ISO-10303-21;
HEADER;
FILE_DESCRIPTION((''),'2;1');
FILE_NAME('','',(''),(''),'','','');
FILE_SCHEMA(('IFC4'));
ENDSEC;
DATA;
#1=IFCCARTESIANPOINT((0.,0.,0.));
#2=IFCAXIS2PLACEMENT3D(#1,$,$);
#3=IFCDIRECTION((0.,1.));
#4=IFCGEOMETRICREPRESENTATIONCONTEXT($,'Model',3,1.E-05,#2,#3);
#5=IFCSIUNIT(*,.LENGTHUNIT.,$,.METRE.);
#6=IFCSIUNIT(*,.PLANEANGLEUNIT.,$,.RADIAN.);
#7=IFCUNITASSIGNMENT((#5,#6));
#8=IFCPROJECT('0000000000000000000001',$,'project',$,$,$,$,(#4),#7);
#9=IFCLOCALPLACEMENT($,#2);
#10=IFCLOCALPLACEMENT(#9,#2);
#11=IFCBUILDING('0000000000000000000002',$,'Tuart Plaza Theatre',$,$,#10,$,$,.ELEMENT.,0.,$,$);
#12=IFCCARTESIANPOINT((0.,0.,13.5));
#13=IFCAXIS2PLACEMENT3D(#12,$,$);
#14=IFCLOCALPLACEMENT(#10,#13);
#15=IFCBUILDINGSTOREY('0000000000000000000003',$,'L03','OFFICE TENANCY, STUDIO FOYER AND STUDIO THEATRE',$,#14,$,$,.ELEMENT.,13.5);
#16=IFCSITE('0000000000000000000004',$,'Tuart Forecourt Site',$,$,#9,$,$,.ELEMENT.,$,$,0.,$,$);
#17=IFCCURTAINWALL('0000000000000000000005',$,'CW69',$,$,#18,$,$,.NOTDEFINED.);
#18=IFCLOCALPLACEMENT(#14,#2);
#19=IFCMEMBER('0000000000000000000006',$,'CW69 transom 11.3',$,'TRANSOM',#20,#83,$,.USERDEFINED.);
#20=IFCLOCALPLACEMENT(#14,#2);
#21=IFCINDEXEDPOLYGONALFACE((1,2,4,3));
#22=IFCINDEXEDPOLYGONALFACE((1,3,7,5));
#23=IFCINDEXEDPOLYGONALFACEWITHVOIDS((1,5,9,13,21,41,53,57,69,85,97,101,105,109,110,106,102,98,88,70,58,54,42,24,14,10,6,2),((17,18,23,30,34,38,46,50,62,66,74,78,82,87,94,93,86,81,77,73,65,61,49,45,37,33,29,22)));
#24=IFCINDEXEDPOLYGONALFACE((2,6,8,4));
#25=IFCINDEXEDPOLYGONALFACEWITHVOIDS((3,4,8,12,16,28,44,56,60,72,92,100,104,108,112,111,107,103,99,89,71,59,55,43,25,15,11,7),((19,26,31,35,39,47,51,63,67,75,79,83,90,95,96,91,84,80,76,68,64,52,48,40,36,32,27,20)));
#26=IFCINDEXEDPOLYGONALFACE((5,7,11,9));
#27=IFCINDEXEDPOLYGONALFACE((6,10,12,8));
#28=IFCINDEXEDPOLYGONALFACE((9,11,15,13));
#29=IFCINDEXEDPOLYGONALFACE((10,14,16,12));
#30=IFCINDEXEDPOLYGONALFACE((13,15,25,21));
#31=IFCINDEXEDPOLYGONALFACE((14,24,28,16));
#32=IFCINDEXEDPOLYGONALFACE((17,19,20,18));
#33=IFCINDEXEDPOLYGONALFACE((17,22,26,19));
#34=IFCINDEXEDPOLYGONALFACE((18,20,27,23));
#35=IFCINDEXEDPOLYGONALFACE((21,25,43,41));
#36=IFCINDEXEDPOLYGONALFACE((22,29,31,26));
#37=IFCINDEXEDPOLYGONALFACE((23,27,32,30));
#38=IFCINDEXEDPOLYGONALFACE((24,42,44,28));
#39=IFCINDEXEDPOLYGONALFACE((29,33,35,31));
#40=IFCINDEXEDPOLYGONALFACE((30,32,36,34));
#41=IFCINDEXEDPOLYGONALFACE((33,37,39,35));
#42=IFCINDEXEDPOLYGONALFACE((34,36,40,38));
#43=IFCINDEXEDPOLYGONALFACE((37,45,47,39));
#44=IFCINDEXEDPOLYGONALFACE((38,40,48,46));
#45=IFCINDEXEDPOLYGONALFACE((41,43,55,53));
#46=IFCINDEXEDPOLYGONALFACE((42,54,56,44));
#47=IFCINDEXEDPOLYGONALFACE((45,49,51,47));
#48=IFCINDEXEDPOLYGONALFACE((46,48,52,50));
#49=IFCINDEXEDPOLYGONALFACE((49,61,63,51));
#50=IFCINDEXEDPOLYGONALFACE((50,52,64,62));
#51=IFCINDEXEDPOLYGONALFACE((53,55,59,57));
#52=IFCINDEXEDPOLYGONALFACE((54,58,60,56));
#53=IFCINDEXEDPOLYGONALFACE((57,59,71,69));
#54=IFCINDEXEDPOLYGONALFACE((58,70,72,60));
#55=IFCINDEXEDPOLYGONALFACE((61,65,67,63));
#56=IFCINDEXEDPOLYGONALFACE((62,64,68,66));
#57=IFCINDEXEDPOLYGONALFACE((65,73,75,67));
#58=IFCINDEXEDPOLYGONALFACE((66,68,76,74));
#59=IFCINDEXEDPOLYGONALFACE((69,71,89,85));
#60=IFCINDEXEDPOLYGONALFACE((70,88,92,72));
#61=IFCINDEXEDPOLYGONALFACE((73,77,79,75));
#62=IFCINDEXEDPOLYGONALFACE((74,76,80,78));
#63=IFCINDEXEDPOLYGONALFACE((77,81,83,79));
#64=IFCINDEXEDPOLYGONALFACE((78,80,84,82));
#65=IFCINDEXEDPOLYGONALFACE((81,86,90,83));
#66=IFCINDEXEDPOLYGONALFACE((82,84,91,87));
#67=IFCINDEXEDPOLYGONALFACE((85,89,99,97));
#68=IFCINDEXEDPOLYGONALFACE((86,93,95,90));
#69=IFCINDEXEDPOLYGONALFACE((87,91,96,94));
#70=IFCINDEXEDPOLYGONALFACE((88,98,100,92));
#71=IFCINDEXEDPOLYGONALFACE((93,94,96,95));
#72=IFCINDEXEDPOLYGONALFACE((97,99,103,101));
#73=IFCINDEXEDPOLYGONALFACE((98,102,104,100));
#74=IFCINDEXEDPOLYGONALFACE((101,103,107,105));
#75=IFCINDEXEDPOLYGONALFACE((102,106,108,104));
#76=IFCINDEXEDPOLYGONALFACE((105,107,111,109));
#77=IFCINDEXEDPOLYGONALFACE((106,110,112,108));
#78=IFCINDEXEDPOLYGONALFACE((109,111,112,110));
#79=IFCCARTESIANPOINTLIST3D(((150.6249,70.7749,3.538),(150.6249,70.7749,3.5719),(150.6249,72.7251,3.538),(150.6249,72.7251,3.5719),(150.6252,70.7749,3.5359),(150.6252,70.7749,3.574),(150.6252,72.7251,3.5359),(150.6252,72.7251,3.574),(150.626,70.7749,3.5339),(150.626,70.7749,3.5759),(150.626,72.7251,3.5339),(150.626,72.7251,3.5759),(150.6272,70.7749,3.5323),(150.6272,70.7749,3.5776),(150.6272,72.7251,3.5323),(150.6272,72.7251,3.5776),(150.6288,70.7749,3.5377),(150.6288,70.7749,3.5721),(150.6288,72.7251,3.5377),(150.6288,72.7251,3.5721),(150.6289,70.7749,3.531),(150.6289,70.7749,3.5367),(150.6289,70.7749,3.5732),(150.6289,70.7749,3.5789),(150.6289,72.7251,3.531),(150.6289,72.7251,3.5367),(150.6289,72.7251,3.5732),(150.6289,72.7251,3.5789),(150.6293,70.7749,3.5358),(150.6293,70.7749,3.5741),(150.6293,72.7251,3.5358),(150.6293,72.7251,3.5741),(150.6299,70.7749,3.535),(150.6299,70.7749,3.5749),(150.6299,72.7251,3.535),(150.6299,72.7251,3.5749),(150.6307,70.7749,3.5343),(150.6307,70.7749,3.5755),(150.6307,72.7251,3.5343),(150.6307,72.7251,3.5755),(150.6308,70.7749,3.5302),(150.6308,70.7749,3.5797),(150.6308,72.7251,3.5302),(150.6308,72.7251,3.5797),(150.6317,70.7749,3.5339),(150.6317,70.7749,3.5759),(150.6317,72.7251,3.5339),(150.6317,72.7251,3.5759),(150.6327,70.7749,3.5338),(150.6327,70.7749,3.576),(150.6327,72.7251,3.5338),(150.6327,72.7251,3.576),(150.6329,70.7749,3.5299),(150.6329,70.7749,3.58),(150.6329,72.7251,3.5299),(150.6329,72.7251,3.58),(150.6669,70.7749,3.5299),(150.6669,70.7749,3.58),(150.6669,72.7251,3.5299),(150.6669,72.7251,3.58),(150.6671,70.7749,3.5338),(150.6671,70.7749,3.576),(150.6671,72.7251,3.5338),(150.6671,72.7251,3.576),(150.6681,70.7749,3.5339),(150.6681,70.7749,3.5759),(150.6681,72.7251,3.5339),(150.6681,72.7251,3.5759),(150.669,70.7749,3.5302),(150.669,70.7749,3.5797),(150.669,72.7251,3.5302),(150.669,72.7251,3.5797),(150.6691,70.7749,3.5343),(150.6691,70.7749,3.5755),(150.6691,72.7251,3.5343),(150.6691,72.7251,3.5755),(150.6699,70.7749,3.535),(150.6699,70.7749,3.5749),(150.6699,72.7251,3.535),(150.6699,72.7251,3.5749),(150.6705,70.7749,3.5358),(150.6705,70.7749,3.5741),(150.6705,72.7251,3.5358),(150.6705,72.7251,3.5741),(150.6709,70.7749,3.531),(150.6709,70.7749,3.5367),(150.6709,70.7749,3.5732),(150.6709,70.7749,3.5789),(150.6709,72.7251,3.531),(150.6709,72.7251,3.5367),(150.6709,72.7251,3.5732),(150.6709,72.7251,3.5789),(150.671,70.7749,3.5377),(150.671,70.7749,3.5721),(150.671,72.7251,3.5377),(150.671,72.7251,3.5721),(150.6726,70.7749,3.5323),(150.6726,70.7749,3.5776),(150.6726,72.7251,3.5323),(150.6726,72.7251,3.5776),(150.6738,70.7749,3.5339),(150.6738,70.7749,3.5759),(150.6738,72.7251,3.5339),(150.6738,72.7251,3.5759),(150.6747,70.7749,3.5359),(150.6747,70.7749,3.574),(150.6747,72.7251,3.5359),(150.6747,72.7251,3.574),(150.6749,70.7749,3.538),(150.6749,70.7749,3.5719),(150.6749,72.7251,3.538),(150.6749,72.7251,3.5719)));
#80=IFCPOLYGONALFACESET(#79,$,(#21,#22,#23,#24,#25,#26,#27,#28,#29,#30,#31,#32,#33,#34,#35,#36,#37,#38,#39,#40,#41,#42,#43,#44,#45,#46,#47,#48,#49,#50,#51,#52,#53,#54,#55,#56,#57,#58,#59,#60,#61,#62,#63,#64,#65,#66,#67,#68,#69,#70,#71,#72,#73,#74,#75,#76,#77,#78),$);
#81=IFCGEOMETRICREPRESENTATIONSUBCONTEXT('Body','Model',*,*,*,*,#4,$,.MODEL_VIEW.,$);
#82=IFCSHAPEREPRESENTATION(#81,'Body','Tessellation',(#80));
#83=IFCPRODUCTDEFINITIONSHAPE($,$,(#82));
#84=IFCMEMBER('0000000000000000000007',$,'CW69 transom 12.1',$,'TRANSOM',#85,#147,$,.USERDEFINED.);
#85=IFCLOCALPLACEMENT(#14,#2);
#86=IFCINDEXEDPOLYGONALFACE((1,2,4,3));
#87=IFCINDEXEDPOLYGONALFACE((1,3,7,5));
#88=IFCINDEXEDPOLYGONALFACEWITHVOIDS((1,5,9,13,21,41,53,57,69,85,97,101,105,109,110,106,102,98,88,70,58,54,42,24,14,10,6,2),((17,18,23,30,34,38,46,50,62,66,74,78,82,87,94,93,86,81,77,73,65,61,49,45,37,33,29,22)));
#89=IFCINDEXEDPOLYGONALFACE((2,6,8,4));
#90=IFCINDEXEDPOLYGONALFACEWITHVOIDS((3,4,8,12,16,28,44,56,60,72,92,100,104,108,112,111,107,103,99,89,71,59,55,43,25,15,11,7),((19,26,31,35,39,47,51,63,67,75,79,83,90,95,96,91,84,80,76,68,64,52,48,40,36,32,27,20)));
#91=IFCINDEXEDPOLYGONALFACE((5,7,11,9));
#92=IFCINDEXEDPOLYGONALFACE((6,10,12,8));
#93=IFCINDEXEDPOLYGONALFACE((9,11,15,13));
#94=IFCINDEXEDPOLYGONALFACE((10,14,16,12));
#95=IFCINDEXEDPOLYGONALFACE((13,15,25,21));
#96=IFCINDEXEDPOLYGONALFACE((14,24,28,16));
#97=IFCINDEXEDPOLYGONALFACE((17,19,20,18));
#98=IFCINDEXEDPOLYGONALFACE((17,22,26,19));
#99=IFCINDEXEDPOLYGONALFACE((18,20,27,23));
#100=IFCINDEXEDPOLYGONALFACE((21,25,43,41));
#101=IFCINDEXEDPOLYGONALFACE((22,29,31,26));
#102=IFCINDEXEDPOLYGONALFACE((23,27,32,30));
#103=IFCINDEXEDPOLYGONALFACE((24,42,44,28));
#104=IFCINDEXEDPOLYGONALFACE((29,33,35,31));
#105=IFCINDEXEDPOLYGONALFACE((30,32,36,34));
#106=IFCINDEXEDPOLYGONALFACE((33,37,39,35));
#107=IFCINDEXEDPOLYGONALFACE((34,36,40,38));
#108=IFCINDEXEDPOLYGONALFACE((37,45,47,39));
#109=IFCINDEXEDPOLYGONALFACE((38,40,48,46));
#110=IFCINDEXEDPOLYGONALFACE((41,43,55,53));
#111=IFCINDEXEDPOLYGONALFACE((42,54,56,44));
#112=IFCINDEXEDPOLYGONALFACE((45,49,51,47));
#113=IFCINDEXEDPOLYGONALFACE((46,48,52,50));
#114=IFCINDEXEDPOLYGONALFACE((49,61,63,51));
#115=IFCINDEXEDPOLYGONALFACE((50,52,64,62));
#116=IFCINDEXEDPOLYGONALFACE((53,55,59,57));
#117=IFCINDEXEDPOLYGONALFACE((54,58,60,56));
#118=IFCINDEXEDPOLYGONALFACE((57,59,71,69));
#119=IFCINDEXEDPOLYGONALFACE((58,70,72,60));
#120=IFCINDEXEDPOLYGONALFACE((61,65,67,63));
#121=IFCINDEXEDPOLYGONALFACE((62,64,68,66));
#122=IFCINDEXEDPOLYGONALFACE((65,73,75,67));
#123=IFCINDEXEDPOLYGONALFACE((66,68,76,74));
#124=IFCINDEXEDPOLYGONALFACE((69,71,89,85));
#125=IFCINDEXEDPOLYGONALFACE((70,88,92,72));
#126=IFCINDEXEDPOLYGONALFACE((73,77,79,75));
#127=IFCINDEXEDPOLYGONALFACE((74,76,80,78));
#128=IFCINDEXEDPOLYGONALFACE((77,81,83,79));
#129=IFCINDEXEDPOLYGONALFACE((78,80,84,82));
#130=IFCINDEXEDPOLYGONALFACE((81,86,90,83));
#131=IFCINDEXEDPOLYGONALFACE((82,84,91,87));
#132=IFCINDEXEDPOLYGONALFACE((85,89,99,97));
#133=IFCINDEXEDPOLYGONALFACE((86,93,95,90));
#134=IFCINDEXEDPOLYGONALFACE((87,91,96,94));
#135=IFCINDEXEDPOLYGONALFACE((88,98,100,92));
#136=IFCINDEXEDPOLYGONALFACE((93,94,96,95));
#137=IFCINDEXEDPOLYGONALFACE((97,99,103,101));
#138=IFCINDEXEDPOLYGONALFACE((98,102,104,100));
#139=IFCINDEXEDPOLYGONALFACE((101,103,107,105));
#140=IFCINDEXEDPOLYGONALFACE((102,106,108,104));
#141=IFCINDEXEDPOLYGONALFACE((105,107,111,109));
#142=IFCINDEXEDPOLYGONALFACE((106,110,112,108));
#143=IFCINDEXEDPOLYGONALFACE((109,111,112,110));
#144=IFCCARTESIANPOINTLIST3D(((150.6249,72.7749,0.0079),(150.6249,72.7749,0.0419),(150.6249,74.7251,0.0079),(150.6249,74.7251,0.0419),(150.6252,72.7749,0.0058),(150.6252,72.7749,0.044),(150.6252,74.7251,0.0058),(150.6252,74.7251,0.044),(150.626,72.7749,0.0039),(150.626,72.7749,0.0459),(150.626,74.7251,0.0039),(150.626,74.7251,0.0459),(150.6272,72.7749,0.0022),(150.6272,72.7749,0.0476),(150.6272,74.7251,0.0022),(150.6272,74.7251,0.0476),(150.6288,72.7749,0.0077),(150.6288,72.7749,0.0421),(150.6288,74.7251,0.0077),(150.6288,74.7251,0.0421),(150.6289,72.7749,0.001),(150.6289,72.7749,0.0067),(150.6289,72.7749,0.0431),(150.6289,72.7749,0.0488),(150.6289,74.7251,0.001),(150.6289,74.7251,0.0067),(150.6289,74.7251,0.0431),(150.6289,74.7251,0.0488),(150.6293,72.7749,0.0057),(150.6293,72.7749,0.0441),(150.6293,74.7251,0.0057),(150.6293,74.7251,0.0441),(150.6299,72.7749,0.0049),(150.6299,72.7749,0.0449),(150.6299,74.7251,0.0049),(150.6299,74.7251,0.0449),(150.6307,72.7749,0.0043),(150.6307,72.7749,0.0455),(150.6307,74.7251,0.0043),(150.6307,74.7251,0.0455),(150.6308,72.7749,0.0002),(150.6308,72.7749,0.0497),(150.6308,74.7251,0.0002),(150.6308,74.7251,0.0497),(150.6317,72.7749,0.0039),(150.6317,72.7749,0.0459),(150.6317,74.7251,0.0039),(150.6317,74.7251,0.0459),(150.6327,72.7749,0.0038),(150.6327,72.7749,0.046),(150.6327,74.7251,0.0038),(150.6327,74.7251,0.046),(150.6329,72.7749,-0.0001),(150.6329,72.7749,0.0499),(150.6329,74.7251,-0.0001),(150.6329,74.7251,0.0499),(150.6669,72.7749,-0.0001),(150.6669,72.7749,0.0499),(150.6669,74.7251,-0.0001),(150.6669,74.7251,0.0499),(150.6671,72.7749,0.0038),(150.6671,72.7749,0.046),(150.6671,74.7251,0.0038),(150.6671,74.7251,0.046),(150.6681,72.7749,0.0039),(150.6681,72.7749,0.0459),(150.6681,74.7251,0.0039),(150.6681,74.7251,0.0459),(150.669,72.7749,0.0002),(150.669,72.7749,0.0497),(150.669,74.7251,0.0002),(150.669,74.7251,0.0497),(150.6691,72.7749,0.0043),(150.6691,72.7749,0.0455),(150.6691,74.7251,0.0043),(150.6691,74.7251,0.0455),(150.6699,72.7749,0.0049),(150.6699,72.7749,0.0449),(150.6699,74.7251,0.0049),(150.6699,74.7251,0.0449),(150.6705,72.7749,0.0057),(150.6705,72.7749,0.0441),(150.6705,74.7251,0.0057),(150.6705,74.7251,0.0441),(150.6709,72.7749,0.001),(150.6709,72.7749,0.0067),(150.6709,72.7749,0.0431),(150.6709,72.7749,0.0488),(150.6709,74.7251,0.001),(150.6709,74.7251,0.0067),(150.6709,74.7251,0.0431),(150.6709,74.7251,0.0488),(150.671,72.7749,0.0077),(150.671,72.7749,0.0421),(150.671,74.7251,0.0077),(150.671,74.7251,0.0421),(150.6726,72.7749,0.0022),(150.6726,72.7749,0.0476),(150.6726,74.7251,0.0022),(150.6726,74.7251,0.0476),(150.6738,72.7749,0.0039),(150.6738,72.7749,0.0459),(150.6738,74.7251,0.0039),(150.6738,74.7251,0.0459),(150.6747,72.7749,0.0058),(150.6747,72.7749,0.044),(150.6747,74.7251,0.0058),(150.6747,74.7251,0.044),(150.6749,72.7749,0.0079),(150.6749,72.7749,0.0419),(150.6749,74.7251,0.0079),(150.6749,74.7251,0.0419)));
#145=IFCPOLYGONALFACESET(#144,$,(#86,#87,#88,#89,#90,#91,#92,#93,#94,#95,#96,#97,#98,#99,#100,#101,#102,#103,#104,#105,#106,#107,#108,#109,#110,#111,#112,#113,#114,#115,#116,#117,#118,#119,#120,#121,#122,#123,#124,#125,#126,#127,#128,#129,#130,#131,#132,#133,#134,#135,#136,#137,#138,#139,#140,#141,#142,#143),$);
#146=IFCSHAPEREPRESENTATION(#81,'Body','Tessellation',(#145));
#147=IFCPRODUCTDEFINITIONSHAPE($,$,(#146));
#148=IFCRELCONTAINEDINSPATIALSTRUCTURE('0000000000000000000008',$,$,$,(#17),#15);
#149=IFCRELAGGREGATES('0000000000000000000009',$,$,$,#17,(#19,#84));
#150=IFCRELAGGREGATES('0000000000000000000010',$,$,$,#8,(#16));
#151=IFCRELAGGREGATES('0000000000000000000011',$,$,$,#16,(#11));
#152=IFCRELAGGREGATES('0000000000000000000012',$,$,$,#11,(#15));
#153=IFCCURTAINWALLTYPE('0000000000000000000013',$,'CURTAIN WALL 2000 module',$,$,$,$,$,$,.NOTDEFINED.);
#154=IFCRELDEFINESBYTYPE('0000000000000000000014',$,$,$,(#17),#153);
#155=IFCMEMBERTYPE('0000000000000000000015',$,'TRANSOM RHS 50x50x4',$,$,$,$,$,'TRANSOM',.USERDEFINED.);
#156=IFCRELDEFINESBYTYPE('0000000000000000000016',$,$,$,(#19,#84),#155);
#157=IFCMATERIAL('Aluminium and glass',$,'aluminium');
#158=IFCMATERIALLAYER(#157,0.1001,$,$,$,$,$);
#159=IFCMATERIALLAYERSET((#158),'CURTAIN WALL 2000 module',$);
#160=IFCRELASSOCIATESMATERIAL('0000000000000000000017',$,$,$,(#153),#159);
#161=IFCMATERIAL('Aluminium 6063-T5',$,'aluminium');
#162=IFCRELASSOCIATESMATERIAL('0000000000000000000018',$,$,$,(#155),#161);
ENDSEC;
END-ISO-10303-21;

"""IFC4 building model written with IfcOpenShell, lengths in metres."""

from ifc_helpers import new_model, si_unit, direction, frame, origin, origin_2d, place, context, subcontext, project, spatial, hollow_rectangle, extrude, material, layer, layer_set, material_profile, profile_set, type_object, element, aggregate, save


model = new_model("IFC4")

# Units and contexts
model_context = context("Model", 3, precision=1e-05, world=origin(), true_north=direction((0.0, 1.0)))
body_context = subcontext(model_context, "Body", "Model", "MODEL_VIEW")
ifc_project = project(units=[si_unit("LENGTHUNIT", "METRE"), si_unit("PLANEANGLEUNIT", "RADIAN")], contexts=[model_context])

# Site, building, storey
site_placement = place(None, origin())
site = spatial("IfcSite", under=ifc_project, at=site_placement, Name="Tuart Forecourt Site", CompositionType="ELEMENT", RefElevation=0.0)
building_placement = place(site_placement, origin())
building = spatial("IfcBuilding", under=site, at=building_placement, Name="Tuart Plaza Theatre", CompositionType="ELEMENT", ElevationOfRefHeight=0.0)
storey_placement = place(building_placement, frame((0.0, 0.0, 13.5)))
storey = spatial("IfcBuildingStorey", under=building, at=storey_placement, Name="L03", Description="OFFICE TENANCY, STUDIO FOYER AND STUDIO THEATRE", CompositionType="ELEMENT", Elevation=13.5)

# Curtain wall, members
ifc_material_1 = material(Name="Aluminium and glass", Category="aluminium")
ifc_layer_1 = layer(ifc_material_1, 0.1001)
ifc_layer_set_1 = layer_set([ifc_layer_1], Name="CURTAIN WALL 2000 module")
curtain_wall_type = type_object("IfcCurtainWallType", Name="CURTAIN WALL 2000 module", PredefinedType="NOTDEFINED", material=ifc_layer_set_1)
curtain_wall_placement = place(storey_placement, origin())
curtain_wall = element("IfcCurtainWall", 1, at=curtain_wall_placement, inside=storey, type_object=curtain_wall_type, Name="CW69", PredefinedType="NOTDEFINED")
ifc_material_2 = material(Name="Aluminium 6063-T5", Category="aluminium")
ifc_material_profile_1 = material_profile(ifc_material_2, hollow_rectangle(XDim=0.05, YDim=0.05, WallThickness=0.0039, InnerFilletRadius=0.0039, OuterFilletRadius=0.0081, at=origin_2d()), Name="RHS 50x50x4")
ifc_profile_set_1 = profile_set([ifc_material_profile_1], Name="Aluminium 6063-T5")
member_type_1 = type_object("IfcMemberType", Name="TRANSOM RHS 50x50x4", ElementType="TRANSOM", PredefinedType="USERDEFINED", material=ifc_profile_set_1)
member_1_placement = place(storey_placement, frame((150.6499, 70.7749, 3.5549), z_axis=(0.0, 1.0, 0.0), x_axis=(-1.0, 0.0, 0.0)))
member_1 = element("IfcMember", 2, at=member_1_placement, type_object=member_type_1, Name="CW69 transom 11.3", ObjectType="TRANSOM", PredefinedType="USERDEFINED", context=body_context, shape_type="SweptSolid", body=[
    extrude(hollow_rectangle(XDim=0.05, YDim=0.05, WallThickness=0.0039, InnerFilletRadius=0.0039, OuterFilletRadius=0.0081, at=origin_2d()), origin(), (0.0, 0.0, 1.0), 1.9502),
])
member_2_placement = place(storey_placement, frame((150.6499, 72.7749, 0.0249), z_axis=(0.0, 1.0, 0.0), x_axis=(-1.0, 0.0, 0.0)))
member_2 = element("IfcMember", 3, at=member_2_placement, type_object=member_type_1, Name="CW69 transom 12.1", ObjectType="TRANSOM", PredefinedType="USERDEFINED", context=body_context, shape_type="SweptSolid", body=[
    extrude(hollow_rectangle(XDim=0.05, YDim=0.05, WallThickness=0.0039, InnerFilletRadius=0.0039, OuterFilletRadius=0.0081, at=origin_2d()), origin(), (0.0, 0.0, 1.0), 1.9502),
])
aggregate(curtain_wall, [member_1, member_2])

save(model, "model.ifc")
